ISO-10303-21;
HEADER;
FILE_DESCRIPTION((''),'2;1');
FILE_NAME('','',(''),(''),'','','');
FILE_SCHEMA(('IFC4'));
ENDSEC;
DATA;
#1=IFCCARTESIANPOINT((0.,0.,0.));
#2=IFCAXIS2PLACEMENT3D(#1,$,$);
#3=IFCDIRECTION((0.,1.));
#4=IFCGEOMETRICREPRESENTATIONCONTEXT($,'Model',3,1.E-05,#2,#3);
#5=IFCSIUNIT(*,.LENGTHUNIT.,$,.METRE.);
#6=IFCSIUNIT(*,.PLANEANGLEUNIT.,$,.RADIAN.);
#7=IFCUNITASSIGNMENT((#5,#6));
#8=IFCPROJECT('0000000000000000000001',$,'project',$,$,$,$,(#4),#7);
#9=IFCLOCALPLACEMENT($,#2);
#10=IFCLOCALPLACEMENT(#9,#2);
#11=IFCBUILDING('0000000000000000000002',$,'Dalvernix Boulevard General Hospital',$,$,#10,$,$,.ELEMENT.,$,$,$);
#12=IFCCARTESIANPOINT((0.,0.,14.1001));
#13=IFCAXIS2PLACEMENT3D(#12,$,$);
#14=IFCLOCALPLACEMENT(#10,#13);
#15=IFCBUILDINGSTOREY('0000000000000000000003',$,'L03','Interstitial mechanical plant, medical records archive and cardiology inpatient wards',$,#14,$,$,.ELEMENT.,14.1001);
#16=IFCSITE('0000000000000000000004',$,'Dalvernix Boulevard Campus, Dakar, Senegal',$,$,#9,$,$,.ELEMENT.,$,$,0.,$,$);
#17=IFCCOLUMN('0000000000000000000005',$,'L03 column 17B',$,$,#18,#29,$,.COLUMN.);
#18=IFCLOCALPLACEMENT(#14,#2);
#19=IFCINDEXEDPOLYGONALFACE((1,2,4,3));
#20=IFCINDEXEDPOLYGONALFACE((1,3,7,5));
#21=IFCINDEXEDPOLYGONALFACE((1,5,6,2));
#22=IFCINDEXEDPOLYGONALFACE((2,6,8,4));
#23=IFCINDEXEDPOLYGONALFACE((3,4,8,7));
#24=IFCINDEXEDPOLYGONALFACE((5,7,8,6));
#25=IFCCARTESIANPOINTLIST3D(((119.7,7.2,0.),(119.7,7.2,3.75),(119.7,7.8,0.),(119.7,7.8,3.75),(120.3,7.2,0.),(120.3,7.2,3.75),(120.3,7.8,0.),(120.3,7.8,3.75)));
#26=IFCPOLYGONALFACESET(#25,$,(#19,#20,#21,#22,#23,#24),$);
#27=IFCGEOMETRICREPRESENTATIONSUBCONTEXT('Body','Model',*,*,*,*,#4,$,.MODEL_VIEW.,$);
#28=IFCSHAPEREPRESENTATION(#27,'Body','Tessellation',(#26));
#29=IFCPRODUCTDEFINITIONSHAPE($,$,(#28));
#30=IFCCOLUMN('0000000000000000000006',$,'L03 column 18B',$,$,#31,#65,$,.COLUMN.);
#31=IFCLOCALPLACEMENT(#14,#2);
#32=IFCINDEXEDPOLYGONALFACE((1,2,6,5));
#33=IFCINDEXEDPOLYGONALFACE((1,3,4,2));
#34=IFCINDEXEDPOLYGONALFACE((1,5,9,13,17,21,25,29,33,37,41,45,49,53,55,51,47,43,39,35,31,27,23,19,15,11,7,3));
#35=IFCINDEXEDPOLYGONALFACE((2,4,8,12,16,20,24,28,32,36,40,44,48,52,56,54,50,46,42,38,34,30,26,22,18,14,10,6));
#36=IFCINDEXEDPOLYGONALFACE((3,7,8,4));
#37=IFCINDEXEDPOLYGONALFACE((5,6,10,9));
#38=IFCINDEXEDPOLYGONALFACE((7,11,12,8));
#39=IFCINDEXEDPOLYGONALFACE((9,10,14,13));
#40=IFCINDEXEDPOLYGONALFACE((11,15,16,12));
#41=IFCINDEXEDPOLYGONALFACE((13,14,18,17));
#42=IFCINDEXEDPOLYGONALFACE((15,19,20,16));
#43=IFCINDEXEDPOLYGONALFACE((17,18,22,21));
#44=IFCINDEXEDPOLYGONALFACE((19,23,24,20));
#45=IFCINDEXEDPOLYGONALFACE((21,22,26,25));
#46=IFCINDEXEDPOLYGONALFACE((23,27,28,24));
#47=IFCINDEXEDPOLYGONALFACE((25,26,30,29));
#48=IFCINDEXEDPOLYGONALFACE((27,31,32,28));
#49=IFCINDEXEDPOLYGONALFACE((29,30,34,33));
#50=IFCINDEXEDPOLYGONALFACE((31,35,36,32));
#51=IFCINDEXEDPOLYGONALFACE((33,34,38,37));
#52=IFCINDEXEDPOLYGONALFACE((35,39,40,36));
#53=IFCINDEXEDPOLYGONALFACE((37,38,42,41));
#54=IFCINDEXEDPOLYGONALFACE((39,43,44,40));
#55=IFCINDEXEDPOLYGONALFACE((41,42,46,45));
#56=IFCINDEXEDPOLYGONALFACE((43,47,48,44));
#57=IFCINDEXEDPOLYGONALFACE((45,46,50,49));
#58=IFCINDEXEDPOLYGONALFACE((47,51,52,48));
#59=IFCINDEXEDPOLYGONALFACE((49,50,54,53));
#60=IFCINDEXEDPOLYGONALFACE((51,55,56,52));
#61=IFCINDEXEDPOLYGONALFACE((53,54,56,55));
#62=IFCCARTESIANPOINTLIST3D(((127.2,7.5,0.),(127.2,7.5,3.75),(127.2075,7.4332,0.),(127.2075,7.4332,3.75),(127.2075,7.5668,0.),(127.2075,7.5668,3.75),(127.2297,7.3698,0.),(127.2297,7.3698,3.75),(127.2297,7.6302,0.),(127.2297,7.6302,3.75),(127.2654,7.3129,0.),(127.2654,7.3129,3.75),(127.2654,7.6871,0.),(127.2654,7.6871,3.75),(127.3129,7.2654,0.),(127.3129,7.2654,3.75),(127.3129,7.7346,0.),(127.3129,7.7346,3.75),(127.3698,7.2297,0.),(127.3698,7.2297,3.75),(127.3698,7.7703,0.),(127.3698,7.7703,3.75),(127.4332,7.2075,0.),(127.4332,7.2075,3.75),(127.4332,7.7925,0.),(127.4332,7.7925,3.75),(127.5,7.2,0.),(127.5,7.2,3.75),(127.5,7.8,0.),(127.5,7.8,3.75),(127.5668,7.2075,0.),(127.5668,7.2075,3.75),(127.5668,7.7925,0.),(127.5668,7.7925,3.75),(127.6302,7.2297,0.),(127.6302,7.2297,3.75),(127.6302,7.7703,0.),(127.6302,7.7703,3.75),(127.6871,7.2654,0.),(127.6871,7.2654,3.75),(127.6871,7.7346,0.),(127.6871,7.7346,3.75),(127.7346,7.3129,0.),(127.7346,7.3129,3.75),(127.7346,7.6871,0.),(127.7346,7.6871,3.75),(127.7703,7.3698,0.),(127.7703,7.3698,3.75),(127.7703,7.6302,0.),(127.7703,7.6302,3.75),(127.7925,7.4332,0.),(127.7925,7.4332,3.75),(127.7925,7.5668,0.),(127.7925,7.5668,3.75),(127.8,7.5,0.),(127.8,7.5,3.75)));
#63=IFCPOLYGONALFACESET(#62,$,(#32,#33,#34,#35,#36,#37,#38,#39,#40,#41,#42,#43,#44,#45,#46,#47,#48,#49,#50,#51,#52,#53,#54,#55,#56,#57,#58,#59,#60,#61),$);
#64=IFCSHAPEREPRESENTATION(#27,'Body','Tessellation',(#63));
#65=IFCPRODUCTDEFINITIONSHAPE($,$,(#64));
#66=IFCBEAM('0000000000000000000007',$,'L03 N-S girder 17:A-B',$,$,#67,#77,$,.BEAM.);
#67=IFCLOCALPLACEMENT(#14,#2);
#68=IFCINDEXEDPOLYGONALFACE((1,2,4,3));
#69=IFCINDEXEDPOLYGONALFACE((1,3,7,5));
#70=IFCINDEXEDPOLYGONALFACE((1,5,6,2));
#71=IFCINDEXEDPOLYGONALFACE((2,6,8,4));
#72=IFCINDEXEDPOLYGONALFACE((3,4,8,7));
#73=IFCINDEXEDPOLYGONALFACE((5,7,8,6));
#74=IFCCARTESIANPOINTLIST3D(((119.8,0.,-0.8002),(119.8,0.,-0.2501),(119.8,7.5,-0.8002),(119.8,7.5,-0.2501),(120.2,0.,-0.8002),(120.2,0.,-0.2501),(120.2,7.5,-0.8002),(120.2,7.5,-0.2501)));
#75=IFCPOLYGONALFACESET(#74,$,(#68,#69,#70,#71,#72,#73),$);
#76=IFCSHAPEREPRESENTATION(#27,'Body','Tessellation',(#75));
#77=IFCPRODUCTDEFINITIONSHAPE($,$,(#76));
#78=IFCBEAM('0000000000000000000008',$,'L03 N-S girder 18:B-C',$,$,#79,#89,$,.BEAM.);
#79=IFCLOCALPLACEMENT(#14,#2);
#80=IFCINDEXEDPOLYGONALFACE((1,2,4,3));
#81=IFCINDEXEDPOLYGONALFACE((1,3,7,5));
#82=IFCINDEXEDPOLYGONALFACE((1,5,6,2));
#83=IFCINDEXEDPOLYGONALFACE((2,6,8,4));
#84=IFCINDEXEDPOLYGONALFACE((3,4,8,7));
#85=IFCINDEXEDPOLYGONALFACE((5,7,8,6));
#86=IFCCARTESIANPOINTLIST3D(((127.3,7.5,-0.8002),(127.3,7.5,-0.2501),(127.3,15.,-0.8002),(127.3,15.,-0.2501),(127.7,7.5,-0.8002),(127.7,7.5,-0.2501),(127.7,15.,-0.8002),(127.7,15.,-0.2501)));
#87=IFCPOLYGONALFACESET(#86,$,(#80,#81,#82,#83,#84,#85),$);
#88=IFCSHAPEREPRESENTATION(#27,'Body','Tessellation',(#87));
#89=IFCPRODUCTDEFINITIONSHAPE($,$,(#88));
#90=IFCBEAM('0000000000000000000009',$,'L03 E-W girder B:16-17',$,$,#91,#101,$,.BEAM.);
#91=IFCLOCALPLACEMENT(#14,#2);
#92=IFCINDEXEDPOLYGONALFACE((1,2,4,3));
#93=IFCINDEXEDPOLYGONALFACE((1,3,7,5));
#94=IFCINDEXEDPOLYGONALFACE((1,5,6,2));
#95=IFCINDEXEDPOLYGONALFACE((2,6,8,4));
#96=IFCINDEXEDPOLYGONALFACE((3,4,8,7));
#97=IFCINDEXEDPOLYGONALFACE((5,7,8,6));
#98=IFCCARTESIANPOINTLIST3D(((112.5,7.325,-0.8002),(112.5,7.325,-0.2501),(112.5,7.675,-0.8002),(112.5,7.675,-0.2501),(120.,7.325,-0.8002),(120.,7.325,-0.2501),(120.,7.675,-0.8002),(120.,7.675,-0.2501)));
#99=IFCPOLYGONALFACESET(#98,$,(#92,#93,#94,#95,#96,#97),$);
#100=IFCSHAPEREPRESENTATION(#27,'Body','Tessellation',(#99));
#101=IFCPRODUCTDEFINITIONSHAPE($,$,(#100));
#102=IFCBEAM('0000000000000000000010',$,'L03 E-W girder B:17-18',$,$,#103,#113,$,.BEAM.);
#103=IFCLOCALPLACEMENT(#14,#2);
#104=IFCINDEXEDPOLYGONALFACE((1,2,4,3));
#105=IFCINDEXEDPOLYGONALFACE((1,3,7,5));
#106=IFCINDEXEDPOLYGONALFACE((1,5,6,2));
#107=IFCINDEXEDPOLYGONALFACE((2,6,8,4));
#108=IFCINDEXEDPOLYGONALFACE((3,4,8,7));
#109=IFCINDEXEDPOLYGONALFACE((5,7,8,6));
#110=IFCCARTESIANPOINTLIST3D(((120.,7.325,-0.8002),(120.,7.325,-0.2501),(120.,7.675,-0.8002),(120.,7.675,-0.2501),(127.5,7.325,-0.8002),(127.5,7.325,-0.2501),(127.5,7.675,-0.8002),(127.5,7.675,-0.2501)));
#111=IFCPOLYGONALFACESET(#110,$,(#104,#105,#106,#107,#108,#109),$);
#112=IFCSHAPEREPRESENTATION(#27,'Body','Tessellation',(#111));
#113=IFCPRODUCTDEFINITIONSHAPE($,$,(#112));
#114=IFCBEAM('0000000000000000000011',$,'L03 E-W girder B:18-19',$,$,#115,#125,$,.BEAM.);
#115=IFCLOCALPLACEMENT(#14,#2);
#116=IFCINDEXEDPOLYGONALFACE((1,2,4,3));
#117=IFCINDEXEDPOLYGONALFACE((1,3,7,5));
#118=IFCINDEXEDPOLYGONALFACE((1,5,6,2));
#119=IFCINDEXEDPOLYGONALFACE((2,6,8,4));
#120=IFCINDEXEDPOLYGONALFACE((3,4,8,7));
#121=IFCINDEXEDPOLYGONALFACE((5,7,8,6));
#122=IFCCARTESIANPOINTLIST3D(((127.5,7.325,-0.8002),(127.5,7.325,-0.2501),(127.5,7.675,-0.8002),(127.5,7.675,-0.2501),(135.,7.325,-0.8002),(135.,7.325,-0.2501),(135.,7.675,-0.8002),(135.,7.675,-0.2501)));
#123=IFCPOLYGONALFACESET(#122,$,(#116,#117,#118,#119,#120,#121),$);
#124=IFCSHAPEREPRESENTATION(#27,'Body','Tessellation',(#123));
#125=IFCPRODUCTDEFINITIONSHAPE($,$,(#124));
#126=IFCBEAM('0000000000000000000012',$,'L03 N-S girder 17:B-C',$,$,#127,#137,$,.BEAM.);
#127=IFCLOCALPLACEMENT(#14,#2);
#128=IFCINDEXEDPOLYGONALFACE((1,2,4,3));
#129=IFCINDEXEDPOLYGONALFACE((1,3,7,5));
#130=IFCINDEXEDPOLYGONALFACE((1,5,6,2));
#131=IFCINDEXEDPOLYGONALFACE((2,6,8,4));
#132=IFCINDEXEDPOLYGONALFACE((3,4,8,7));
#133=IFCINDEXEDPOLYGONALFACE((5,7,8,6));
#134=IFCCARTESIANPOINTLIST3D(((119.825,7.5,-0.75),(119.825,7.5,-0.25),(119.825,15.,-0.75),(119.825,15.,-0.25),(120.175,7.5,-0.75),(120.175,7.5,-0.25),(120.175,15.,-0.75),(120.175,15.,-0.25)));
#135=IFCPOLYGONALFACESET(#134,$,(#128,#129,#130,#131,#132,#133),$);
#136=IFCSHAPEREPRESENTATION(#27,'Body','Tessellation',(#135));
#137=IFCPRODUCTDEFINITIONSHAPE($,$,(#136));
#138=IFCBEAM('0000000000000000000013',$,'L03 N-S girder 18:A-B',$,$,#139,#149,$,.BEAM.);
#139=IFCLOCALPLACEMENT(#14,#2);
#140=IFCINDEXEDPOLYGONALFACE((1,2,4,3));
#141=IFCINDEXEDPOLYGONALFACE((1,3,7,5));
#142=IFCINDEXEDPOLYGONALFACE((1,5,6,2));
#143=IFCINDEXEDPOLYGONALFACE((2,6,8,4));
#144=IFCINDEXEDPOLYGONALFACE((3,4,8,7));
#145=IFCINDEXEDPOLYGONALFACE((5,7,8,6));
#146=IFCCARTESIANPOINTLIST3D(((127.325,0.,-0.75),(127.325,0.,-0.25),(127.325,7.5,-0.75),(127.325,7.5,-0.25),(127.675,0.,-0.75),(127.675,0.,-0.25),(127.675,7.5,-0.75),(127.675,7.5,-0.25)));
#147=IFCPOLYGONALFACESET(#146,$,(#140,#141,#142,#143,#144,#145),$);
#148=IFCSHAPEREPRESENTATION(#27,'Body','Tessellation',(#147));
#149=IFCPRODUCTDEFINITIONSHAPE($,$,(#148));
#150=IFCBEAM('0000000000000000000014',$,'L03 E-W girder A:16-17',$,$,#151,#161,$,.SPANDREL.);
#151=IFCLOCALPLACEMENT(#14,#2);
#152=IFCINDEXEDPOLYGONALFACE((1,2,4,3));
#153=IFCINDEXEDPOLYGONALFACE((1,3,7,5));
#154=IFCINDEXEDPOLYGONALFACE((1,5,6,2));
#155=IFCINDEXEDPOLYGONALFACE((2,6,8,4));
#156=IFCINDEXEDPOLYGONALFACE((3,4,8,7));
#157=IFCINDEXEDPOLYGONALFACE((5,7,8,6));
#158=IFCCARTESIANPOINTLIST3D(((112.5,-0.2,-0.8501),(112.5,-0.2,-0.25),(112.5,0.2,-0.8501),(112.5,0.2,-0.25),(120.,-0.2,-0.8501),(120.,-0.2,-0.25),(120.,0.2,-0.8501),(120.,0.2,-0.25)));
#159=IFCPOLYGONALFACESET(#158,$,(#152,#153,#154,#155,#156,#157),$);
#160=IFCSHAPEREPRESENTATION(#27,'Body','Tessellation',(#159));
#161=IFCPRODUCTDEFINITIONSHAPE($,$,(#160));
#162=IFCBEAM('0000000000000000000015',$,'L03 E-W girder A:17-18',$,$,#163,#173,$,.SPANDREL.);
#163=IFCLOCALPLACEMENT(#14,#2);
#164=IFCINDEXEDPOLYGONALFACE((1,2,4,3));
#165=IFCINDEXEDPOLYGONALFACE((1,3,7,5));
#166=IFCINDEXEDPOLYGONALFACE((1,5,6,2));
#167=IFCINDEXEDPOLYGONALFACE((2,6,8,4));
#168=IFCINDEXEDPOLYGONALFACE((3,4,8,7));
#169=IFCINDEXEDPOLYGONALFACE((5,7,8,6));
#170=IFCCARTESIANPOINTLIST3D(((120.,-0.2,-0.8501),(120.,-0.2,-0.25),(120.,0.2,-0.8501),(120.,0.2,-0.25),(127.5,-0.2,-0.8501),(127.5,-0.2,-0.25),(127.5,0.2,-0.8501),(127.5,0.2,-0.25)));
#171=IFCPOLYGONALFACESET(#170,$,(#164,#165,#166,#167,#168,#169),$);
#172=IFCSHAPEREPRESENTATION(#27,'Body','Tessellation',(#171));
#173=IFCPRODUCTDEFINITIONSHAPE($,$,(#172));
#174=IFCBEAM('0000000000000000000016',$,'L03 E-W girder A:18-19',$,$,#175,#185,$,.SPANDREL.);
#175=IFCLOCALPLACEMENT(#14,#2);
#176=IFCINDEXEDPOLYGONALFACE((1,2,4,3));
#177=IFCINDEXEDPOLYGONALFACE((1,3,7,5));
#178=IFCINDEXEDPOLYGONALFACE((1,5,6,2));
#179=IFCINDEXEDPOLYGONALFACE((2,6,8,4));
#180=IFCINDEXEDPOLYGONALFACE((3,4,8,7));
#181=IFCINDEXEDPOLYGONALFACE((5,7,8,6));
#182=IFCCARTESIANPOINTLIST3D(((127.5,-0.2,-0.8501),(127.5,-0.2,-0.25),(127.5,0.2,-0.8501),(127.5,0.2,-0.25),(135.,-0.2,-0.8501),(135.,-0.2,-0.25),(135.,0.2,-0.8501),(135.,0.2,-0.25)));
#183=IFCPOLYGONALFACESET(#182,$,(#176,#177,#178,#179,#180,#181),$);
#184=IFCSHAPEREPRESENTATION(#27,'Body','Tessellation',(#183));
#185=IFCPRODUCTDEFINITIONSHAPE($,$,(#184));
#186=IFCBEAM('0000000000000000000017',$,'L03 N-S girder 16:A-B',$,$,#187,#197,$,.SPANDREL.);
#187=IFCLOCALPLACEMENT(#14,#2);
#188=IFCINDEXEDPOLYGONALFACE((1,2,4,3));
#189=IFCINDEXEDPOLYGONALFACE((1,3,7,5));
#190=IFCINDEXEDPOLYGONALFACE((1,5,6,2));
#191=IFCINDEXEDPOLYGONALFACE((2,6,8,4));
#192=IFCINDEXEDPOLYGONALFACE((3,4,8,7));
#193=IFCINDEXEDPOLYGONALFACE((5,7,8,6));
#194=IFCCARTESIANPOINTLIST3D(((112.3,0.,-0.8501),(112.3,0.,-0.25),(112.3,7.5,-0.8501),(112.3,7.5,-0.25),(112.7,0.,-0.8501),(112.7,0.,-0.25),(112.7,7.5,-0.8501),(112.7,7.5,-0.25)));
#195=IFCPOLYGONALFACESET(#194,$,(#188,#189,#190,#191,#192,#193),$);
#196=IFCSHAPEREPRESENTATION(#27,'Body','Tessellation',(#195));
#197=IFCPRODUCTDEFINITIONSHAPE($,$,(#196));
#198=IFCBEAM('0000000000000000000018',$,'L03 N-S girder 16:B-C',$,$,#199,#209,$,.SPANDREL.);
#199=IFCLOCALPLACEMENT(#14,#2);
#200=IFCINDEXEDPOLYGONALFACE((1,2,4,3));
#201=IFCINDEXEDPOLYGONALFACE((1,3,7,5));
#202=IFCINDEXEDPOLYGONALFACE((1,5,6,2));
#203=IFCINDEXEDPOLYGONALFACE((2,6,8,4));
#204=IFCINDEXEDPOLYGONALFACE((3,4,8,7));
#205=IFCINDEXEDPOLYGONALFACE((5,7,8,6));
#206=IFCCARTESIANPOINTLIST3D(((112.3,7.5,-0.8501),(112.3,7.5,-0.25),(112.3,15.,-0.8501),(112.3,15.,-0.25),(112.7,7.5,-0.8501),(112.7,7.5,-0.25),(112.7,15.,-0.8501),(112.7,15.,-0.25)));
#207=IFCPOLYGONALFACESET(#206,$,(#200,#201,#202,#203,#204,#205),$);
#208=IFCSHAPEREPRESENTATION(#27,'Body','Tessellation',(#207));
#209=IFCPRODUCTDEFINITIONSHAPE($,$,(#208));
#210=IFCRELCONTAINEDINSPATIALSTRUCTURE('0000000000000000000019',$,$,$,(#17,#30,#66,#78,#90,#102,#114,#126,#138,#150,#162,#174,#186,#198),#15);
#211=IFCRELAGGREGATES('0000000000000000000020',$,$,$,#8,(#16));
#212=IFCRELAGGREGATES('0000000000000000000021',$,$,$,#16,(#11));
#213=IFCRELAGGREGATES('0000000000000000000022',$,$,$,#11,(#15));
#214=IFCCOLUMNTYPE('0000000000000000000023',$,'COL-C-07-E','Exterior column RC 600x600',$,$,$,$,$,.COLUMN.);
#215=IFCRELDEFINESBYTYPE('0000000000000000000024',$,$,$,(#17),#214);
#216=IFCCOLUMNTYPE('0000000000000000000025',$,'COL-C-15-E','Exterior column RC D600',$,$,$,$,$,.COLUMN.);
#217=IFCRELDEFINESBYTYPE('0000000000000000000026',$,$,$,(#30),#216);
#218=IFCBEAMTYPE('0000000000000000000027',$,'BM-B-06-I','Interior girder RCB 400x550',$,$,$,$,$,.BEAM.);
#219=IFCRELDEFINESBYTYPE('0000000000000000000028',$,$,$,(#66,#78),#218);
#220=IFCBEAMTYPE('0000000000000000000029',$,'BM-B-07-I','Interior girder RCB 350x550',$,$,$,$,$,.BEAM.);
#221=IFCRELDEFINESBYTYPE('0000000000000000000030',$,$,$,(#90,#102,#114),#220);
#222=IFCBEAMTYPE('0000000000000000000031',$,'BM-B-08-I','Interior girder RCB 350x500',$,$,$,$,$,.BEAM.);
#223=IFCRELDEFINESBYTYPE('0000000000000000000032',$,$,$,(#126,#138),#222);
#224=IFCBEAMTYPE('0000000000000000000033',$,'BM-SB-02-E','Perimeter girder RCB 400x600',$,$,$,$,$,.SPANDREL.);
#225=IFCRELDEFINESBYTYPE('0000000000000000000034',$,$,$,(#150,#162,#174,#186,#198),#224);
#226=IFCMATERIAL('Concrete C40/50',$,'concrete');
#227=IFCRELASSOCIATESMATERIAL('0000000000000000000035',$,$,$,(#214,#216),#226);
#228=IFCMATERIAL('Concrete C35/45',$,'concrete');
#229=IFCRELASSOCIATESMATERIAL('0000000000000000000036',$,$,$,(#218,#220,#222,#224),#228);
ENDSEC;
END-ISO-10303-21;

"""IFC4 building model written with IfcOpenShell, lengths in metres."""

from ifc_helpers import new_model, si_unit, direction, frame, origin, origin_2d, place, context, subcontext, project, spatial, rectangle, circle, extrude, material, material_profile, profile_set, type_object, element, save


model = new_model("IFC4")

# Units and contexts
model_context = context("Model", 3, precision=1e-05, world=origin(), true_north=direction((0.0, 1.0)))
body_context = subcontext(model_context, "Body", "Model", "MODEL_VIEW")
ifc_project = project(units=[si_unit("LENGTHUNIT", "METRE"), si_unit("PLANEANGLEUNIT", "RADIAN")], contexts=[model_context])

# Site, building, storey
site_placement = place(None, origin())
site = spatial("IfcSite", under=ifc_project, at=site_placement, Name="Dalvernix Boulevard Campus, Dakar, Senegal", CompositionType="ELEMENT", RefElevation=0.0)
building_placement = place(site_placement, origin())
building = spatial("IfcBuilding", under=site, at=building_placement, Name="Dalvernix Boulevard General Hospital", CompositionType="ELEMENT")
storey_placement = place(building_placement, frame((0.0, 0.0, 14.1001)))
storey = spatial("IfcBuildingStorey", under=building, at=storey_placement, Name="L03", Description="Interstitial mechanical plant, medical records archive and cardiology inpatient wards", CompositionType="ELEMENT", Elevation=14.1001)

# Columns
ifc_material_1 = material(Name="Concrete C40/50", Category="concrete")
ifc_material_profile_1 = material_profile(ifc_material_1, rectangle(XDim=0.6001, YDim=0.6001, at=origin_2d()), Name="RC 600x600")
ifc_profile_set_1 = profile_set([ifc_material_profile_1], Name="Concrete C40/50")
column_type_1 = type_object("IfcColumnType", Name="COL-C-07-E", Description="Exterior column RC 600x600", PredefinedType="COLUMN", material=ifc_profile_set_1)
column_1_placement = place(storey_placement, frame((120.0, 7.5, 0.0), z_axis=(0.0, 0.0, 1.0), x_axis=(1.0, 0.0, 0.0)))
element("IfcColumn", 1, at=column_1_placement, inside=storey, type_object=column_type_1, Name="L03 column 17B", PredefinedType="COLUMN", context=body_context, shape_type="SweptSolid", body=[
    extrude(rectangle(XDim=0.6001, YDim=0.6001, at=origin_2d()), origin(), (0.0, 0.0, 1.0), 3.75),
])
ifc_material_profile_2 = material_profile(ifc_material_1, circle(Radius=0.3, at=origin_2d()), Name="RC D600")
ifc_profile_set_2 = profile_set([ifc_material_profile_2], Name="Concrete C40/50")
column_type_2 = type_object("IfcColumnType", Name="COL-C-15-E", Description="Exterior column RC D600", PredefinedType="COLUMN", material=ifc_profile_set_2)
column_2_placement = place(storey_placement, frame((127.5, 7.5, 0.0), z_axis=(0.0, 0.0, 1.0), x_axis=(1.0, 0.0, 0.0)))
element("IfcColumn", 2, at=column_2_placement, inside=storey, type_object=column_type_2, Name="L03 column 18B", PredefinedType="COLUMN", context=body_context, shape_type="SweptSolid", body=[
    extrude(circle(Radius=0.3, at=origin_2d()), origin(), (0.0, 0.0, 1.0), 3.75),
])

# Beams
ifc_material_2 = material(Name="Concrete C35/45", Category="concrete")
ifc_material_profile_3 = material_profile(ifc_material_2, rectangle(XDim=0.3999, YDim=0.55, at=origin_2d()), Name="RCB 400x550")
ifc_profile_set_3 = profile_set([ifc_material_profile_3], Name="Concrete C35/45")
beam_type_1 = type_object("IfcBeamType", Name="BM-B-06-I", Description="Interior girder RCB 400x550", PredefinedType="BEAM", material=ifc_profile_set_3)
for number, where, z_axis, x_axis, name in (
    (3, (120.0, 0.0, -0.5251), (0.0, 1.0, 0.0), (-1.0, 0.0, 0.0), "L03 N-S girder 17:A-B"),
    (4, (127.5, 7.5, -0.5251), (0.0, 1.0, 0.0), (-1.0, 0.0, 0.0), "L03 N-S girder 18:B-C"),
):
    element("IfcBeam", number, at=place(storey_placement, frame(where, z_axis=z_axis, x_axis=x_axis)), inside=storey, type_object=beam_type_1, Name=name, PredefinedType="BEAM", context=body_context, shape_type="SweptSolid", body=[
        extrude(rectangle(XDim=0.3999, YDim=0.55, at=origin_2d()), origin(), (0.0, 0.0, 1.0), 7.5),
    ])
ifc_material_profile_4 = material_profile(ifc_material_2, rectangle(XDim=0.3501, YDim=0.55, at=origin_2d()), Name="RCB 350x550")
ifc_profile_set_4 = profile_set([ifc_material_profile_4], Name="Concrete C35/45")
beam_type_2 = type_object("IfcBeamType", Name="BM-B-07-I", Description="Interior girder RCB 350x550", PredefinedType="BEAM", material=ifc_profile_set_4)
for number, where, z_axis, x_axis, name in (
    (5, (112.5, 7.5, -0.5251), (1.0, 0.0, 0.0), (0.0, 1.0, 0.0), "L03 E-W girder B:16-17"),
    (6, (120.0, 7.5, -0.5251), (1.0, 0.0, 0.0), (0.0, 1.0, 0.0), "L03 E-W girder B:17-18"),
    (7, (127.5, 7.5, -0.5251), (1.0, 0.0, 0.0), (0.0, 1.0, 0.0), "L03 E-W girder B:18-19"),
):
    element("IfcBeam", number, at=place(storey_placement, frame(where, z_axis=z_axis, x_axis=x_axis)), inside=storey, type_object=beam_type_2, Name=name, PredefinedType="BEAM", context=body_context, shape_type="SweptSolid", body=[
        extrude(rectangle(XDim=0.3501, YDim=0.55, at=origin_2d()), origin(), (0.0, 0.0, 1.0), 7.5),
    ])
ifc_material_profile_5 = material_profile(ifc_material_2, rectangle(XDim=0.3501, YDim=0.5, at=origin_2d()), Name="RCB 350x500")
ifc_profile_set_5 = profile_set([ifc_material_profile_5], Name="Concrete C35/45")
beam_type_3 = type_object("IfcBeamType", Name="BM-B-08-I", Description="Interior girder RCB 350x500", PredefinedType="BEAM", material=ifc_profile_set_5)
for number, where, z_axis, x_axis, name in (
    (8, (120.0, 7.5, -0.5), (0.0, 1.0, 0.0), (-1.0, 0.0, 0.0), "L03 N-S girder 17:B-C"),
    (9, (127.5, 0.0, -0.5), (0.0, 1.0, 0.0), (-1.0, 0.0, 0.0), "L03 N-S girder 18:A-B"),
):
    element("IfcBeam", number, at=place(storey_placement, frame(where, z_axis=z_axis, x_axis=x_axis)), inside=storey, type_object=beam_type_3, Name=name, PredefinedType="BEAM", context=body_context, shape_type="SweptSolid", body=[
        extrude(rectangle(XDim=0.3501, YDim=0.5, at=origin_2d()), origin(), (0.0, 0.0, 1.0), 7.5),
    ])
ifc_material_profile_6 = material_profile(ifc_material_2, rectangle(XDim=0.3999, YDim=0.6001, at=origin_2d()), Name="RCB 400x600")
ifc_profile_set_6 = profile_set([ifc_material_profile_6], Name="Concrete C35/45")
beam_type_4 = type_object("IfcBeamType", Name="BM-SB-02-E", Description="Perimeter girder RCB 400x600", PredefinedType="SPANDREL", material=ifc_profile_set_6)
for number, where, z_axis, x_axis, name in (
    (10, (112.5, 0.0, -0.55), (1.0, 0.0, 0.0), (0.0, 1.0, 0.0), "L03 E-W girder A:16-17"),
    (11, (120.0, 0.0, -0.55), (1.0, 0.0, 0.0), (0.0, 1.0, 0.0), "L03 E-W girder A:17-18"),
    (12, (127.5, 0.0, -0.55), (1.0, 0.0, 0.0), (0.0, 1.0, 0.0), "L03 E-W girder A:18-19"),
    (13, (112.5, 0.0, -0.55), (0.0, 1.0, 0.0), (-1.0, 0.0, 0.0), "L03 N-S girder 16:A-B"),
    (14, (112.5, 7.5, -0.55), (0.0, 1.0, 0.0), (-1.0, 0.0, 0.0), "L03 N-S girder 16:B-C"),
):
    element("IfcBeam", number, at=place(storey_placement, frame(where, z_axis=z_axis, x_axis=x_axis)), inside=storey, type_object=beam_type_4, Name=name, PredefinedType="SPANDREL", context=body_context, shape_type="SweptSolid", body=[
        extrude(rectangle(XDim=0.3999, YDim=0.6001, at=origin_2d()), origin(), (0.0, 0.0, 1.0), 7.5),
    ])

save(model, "model.ifc")
